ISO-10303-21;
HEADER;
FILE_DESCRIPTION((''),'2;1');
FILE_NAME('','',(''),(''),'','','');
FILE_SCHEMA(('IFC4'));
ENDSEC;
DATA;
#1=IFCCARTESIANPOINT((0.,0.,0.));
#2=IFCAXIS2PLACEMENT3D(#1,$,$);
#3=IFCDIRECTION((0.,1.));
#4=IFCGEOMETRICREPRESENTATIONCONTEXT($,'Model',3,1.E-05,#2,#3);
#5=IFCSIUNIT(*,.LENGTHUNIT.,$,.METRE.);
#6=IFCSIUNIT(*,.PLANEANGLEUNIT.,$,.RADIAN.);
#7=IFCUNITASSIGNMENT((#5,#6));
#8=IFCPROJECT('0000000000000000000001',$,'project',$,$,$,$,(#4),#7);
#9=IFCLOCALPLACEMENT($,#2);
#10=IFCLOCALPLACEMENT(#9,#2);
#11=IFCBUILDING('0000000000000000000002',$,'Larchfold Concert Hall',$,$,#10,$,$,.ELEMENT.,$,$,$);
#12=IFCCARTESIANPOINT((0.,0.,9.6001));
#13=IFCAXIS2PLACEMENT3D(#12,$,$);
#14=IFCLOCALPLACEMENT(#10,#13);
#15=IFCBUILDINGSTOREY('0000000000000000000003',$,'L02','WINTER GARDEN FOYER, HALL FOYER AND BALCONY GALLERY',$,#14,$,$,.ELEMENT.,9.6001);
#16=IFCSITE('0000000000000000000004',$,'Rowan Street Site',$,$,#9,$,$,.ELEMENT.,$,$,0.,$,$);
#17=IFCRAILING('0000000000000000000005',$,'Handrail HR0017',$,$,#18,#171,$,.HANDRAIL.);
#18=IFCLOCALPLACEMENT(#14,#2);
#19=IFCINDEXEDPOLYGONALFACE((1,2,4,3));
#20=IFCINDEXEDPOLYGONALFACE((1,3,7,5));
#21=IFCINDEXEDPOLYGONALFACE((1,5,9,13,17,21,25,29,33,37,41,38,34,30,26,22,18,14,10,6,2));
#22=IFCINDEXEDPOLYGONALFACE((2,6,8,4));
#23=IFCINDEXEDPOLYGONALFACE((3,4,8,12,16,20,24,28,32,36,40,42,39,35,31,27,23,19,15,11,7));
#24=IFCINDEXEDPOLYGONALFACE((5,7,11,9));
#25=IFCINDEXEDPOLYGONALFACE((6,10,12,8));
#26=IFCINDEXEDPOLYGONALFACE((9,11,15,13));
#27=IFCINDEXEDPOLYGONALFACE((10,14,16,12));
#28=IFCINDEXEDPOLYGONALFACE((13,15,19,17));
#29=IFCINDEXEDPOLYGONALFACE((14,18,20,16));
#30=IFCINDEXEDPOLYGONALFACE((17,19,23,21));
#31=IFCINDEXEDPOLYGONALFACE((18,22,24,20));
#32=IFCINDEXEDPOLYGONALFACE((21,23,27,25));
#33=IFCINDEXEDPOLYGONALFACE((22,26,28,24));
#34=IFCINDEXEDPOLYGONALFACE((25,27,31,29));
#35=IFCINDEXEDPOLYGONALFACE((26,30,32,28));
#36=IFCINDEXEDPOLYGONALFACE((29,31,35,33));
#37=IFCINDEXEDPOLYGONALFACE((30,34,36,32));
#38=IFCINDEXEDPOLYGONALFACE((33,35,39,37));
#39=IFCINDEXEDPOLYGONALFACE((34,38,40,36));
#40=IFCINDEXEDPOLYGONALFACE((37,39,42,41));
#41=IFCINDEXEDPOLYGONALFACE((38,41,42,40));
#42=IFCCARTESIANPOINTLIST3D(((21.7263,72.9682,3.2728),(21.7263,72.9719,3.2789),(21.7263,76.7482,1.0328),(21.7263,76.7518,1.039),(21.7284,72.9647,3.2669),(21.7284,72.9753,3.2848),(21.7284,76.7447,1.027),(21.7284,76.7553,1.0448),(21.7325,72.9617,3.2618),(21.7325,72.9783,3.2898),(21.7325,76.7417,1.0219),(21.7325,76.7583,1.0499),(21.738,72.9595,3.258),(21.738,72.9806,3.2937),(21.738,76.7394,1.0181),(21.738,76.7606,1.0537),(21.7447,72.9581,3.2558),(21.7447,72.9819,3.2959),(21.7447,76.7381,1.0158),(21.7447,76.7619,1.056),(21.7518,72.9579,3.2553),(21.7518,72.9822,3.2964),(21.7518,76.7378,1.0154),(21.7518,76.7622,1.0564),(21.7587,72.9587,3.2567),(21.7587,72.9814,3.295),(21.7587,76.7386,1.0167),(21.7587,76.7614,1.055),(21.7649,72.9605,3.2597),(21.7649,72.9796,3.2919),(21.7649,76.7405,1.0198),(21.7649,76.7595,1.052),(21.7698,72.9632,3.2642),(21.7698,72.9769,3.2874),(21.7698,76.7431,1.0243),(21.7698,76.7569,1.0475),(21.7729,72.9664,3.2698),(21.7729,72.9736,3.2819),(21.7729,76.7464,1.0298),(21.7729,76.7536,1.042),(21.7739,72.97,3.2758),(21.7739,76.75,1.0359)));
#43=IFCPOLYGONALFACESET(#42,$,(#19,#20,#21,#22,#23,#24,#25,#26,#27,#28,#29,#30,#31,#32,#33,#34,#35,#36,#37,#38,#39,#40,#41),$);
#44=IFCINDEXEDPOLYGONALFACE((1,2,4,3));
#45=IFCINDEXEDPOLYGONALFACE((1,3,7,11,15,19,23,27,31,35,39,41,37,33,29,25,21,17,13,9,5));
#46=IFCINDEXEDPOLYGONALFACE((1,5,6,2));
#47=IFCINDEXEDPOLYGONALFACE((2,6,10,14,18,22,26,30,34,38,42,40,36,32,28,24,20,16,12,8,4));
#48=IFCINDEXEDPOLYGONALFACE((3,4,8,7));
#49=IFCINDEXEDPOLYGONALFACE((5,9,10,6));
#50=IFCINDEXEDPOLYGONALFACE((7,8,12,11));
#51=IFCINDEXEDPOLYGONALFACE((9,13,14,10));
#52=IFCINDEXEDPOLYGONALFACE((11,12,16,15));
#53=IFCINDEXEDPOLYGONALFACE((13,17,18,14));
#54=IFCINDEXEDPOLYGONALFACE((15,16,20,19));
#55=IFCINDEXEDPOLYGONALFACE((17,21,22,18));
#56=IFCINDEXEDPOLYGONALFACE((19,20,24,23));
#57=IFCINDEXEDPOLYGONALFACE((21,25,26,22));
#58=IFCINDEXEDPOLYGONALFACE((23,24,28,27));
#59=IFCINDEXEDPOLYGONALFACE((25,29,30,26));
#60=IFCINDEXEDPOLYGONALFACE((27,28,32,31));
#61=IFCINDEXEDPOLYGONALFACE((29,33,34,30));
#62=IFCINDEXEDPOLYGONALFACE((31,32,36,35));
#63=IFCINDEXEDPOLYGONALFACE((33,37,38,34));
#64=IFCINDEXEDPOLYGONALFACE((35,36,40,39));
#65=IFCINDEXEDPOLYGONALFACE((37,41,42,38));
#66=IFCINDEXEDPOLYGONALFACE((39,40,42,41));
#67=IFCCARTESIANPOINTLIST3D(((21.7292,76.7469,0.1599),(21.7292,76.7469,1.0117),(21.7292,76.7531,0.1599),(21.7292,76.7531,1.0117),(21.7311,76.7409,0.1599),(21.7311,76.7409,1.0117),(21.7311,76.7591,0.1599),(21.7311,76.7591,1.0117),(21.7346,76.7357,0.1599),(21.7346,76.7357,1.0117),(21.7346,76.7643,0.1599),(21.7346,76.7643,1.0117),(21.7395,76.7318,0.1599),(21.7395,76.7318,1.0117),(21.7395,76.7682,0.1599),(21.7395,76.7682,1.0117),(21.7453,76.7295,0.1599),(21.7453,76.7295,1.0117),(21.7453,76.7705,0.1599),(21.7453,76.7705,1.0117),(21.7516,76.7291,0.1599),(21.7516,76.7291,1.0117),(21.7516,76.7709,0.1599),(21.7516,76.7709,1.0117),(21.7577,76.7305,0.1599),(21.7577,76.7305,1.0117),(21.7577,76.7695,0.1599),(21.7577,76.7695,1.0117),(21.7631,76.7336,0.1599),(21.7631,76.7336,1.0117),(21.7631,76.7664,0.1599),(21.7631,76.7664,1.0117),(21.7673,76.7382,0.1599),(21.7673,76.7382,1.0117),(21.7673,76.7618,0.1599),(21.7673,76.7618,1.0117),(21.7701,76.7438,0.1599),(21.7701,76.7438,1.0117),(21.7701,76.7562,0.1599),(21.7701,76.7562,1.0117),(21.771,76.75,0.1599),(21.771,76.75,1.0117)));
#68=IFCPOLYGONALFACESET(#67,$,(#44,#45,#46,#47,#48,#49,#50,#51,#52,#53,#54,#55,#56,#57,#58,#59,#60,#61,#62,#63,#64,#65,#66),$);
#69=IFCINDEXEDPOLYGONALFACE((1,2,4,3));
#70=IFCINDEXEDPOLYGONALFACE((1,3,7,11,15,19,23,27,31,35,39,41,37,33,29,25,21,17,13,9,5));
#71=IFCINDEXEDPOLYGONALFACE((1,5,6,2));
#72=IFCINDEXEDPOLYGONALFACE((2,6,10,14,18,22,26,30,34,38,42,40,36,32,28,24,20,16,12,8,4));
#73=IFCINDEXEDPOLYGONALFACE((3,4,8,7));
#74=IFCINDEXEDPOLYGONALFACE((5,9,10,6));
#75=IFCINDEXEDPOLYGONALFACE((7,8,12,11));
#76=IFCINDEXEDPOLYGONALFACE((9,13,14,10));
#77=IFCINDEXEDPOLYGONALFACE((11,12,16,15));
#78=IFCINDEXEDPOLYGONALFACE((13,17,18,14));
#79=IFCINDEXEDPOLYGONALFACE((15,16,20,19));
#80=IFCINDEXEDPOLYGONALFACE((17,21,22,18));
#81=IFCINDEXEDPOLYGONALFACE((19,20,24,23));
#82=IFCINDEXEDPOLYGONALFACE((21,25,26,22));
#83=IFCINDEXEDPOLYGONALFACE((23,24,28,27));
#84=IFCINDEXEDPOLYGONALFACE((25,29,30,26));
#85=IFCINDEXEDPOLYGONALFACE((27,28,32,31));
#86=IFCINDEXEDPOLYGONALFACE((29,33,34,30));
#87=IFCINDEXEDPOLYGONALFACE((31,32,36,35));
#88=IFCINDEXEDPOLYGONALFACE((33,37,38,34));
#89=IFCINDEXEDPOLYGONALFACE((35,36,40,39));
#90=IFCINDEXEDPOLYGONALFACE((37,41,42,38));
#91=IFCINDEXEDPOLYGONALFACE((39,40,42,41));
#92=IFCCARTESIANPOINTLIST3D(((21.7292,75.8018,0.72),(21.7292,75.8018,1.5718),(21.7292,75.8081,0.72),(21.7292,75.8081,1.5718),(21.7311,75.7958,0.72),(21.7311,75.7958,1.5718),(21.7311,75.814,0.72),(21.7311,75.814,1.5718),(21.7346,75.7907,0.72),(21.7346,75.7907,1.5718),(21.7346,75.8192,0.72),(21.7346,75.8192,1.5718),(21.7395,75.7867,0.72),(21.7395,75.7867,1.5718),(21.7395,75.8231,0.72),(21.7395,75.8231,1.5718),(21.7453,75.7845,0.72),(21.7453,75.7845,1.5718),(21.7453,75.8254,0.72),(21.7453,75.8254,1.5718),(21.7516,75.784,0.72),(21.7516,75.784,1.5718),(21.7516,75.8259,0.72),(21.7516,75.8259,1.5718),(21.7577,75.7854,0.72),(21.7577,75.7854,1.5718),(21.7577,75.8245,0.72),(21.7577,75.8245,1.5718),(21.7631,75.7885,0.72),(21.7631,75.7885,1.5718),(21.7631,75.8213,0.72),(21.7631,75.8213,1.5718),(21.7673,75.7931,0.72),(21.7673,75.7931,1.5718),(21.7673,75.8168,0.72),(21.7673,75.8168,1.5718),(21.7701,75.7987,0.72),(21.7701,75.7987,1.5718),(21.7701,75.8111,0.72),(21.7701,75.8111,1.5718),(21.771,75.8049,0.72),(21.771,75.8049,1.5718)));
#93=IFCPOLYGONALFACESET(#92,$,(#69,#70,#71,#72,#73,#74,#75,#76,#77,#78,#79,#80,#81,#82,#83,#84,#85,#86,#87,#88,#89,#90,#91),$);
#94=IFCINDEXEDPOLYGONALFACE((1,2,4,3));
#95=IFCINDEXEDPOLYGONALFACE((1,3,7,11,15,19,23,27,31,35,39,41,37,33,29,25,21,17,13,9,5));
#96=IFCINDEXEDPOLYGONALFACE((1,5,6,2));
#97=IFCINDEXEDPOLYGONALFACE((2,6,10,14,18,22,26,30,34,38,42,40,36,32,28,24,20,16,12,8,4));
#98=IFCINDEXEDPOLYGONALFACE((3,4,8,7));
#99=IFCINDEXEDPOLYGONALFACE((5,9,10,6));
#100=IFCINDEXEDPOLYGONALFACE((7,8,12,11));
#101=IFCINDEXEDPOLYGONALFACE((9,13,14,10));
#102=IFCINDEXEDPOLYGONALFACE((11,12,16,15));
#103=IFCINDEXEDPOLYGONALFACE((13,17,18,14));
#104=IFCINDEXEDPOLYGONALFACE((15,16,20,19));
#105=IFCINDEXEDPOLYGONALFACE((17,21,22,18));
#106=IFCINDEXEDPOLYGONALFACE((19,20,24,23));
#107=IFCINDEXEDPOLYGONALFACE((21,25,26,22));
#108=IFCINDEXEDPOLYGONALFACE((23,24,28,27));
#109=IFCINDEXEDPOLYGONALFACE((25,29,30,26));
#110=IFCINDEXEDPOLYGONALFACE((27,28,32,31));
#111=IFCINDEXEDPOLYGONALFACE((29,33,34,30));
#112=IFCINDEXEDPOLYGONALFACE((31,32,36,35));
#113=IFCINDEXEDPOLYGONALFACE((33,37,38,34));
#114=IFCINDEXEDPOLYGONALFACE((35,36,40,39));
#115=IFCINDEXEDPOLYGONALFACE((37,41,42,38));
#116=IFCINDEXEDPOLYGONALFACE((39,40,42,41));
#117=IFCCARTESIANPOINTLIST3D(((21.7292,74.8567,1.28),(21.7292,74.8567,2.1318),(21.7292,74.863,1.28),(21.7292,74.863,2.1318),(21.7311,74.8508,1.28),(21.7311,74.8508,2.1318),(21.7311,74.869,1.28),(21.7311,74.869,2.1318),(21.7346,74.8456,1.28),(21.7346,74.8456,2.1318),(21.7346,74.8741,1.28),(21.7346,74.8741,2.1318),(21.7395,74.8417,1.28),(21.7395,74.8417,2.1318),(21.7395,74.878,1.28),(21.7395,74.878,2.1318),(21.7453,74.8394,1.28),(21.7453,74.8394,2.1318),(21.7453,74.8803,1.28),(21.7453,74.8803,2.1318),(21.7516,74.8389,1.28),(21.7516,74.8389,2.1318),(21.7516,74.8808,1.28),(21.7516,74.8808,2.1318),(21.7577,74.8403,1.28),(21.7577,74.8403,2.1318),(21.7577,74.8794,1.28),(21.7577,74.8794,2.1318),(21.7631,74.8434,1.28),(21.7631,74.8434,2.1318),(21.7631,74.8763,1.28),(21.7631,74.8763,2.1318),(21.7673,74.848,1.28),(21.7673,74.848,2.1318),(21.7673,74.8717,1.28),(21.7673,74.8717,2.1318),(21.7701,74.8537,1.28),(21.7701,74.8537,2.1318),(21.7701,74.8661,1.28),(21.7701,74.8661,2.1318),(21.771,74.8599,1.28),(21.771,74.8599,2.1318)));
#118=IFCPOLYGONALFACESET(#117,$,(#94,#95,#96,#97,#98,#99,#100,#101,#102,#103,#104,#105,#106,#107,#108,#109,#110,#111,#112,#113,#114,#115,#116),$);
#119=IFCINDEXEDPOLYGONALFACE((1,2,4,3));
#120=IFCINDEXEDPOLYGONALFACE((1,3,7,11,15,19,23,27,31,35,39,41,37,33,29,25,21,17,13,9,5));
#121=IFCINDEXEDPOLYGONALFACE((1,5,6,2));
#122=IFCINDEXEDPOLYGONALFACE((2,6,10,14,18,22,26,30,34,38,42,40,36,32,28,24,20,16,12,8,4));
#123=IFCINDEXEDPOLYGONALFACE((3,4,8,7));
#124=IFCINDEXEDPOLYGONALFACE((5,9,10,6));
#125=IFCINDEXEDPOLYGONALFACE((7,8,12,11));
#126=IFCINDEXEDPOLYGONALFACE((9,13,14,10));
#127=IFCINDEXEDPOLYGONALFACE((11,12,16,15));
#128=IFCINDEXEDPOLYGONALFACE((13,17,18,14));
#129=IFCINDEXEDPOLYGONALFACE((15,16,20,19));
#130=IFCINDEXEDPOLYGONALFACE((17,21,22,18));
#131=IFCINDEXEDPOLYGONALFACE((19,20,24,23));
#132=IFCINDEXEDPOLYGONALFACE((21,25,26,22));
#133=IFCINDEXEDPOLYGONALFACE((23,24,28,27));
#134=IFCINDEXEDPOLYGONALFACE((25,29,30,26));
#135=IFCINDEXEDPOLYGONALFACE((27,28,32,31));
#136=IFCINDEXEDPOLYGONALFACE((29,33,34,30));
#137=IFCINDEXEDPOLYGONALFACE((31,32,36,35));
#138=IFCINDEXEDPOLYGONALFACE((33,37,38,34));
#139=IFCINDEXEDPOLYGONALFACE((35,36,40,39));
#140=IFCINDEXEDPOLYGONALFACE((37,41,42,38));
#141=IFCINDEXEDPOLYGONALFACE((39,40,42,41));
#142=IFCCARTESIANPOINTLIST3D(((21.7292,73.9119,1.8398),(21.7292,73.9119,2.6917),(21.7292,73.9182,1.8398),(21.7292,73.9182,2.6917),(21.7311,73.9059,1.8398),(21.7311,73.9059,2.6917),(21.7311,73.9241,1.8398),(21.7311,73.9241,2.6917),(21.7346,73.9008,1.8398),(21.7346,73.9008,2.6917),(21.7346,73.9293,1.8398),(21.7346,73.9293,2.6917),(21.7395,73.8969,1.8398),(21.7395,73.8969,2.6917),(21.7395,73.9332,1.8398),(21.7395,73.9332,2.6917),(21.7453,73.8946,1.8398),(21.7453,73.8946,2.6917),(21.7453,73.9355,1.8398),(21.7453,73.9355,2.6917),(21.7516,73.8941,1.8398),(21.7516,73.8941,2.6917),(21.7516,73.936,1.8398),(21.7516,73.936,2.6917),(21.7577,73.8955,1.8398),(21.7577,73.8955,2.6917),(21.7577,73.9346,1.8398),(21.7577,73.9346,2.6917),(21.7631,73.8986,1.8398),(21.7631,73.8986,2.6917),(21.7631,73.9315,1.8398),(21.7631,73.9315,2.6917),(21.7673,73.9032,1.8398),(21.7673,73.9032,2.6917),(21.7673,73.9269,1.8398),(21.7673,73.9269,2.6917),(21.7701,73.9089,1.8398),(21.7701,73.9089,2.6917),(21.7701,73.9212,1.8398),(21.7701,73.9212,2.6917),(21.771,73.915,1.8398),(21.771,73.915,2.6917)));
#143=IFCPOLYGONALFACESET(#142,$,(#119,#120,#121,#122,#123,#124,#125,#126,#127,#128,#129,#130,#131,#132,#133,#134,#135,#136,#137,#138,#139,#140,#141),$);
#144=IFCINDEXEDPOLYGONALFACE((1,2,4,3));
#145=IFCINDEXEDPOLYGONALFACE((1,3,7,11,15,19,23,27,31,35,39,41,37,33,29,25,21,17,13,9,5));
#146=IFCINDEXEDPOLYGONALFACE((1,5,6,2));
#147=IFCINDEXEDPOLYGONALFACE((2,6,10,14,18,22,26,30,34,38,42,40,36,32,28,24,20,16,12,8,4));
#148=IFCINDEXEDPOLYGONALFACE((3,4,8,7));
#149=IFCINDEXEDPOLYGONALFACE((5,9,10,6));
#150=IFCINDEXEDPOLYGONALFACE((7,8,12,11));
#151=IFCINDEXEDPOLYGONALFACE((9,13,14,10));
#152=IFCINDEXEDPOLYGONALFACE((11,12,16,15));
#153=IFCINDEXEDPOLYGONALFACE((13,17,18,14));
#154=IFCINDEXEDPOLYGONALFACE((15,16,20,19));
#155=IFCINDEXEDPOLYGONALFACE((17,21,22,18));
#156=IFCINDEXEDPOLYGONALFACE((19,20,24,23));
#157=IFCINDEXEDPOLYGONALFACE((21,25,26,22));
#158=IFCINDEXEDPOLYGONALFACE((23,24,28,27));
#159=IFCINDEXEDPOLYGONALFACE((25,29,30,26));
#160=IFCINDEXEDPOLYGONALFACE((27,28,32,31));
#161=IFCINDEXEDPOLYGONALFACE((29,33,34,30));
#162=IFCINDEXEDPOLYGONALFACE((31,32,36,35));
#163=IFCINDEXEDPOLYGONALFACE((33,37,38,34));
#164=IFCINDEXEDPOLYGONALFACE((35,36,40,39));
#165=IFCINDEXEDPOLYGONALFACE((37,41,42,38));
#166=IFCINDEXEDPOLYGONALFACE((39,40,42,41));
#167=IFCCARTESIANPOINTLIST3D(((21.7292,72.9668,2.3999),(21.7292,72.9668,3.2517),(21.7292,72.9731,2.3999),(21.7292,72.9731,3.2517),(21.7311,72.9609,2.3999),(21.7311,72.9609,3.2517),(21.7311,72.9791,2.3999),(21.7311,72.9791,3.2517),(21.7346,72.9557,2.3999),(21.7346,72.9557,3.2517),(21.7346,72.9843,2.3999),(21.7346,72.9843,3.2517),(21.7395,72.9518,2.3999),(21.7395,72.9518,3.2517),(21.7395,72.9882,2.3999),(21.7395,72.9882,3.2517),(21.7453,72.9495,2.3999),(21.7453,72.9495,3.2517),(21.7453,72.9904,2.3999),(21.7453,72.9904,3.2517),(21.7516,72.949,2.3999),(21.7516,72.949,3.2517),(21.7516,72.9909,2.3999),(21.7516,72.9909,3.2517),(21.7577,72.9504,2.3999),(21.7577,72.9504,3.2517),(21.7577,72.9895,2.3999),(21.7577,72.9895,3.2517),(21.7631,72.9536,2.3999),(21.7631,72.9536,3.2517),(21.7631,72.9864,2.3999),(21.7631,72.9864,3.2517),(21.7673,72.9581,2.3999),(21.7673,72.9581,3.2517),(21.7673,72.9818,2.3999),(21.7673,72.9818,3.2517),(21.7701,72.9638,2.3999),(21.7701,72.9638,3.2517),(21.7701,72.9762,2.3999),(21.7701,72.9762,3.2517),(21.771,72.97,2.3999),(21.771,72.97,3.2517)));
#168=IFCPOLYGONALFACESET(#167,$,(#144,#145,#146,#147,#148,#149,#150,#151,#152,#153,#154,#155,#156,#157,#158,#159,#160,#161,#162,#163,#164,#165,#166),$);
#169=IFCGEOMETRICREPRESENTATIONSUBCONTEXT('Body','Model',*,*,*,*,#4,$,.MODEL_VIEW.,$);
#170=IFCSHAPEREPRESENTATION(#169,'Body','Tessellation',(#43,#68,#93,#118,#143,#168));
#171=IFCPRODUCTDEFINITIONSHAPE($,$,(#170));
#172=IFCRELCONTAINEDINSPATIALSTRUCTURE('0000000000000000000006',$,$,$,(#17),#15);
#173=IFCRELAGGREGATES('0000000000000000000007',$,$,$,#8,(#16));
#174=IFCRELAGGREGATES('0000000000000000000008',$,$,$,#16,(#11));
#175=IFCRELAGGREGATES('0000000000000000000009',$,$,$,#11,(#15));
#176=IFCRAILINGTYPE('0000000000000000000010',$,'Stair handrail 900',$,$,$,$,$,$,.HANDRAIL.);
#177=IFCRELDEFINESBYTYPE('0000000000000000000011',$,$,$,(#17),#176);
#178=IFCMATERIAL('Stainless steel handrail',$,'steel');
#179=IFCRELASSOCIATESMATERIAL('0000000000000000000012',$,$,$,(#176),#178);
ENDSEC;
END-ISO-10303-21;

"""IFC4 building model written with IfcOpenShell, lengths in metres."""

from ifc_helpers import new_model, si_unit, direction, frame, origin, origin_2d, place, context, subcontext, project, spatial, circle, extrude, material, type_object, element, save


model = new_model("IFC4")

# Units and contexts
model_context = context("Model", 3, precision=1e-05, world=origin(), true_north=direction((0.0, 1.0)))
body_context = subcontext(model_context, "Body", "Model", "MODEL_VIEW")
ifc_project = project(units=[si_unit("LENGTHUNIT", "METRE"), si_unit("PLANEANGLEUNIT", "RADIAN")], contexts=[model_context])

# Site, building, storey
site_placement = place(None, origin())
site = spatial("IfcSite", under=ifc_project, at=site_placement, Name="Rowan Street Site", CompositionType="ELEMENT", RefElevation=0.0)
building_placement = place(site_placement, origin())
building = spatial("IfcBuilding", under=site, at=building_placement, Name="Larchfold Concert Hall", CompositionType="ELEMENT")
storey_placement = place(building_placement, frame((0.0, 0.0, 9.6001)))
storey = spatial("IfcBuildingStorey", under=building, at=storey_placement, Name="L02", Description="WINTER GARDEN FOYER, HALL FOYER AND BALCONY GALLERY", CompositionType="ELEMENT", Elevation=9.6001)

# Railing
ifc_material_1 = material(Name="Stainless steel handrail", Category="steel")
railing_type_1 = type_object("IfcRailingType", Name="Stair handrail 900", PredefinedType="HANDRAIL", material=ifc_material_1)
railing_1_placement = place(storey_placement, frame((21.75, 76.75, 0.1599)))
element("IfcRailing", 1, at=railing_1_placement, inside=storey, type_object=railing_type_1, Name="Handrail HR0017", PredefinedType="HANDRAIL", context=body_context, shape_type="SweptSolid", body=[
    extrude(circle(Radius=0.0239, at=origin_2d()), frame((0.0, 0.0, 0.876), z_axis=(0.0, -0.860294, 0.509798), x_axis=(1.0, 0.0, 0.0)), (0.0, 0.0, 1.0), 4.3938),
    extrude(circle(Radius=0.021, at=origin_2d()), origin(), (0.0, 0.0, 1.0), 0.8518),
    extrude(circle(Radius=0.021, at=origin_2d()), frame((0.0, -0.9451, 0.5601)), (0.0, 0.0, 1.0), 0.8518),
    extrude(circle(Radius=0.021, at=origin_2d()), frame((0.0, -1.8901, 1.1201)), (0.0, 0.0, 1.0), 0.8518),
    extrude(circle(Radius=0.021, at=origin_2d()), frame((0.0, -2.835, 1.6799)), (0.0, 0.0, 1.0), 0.8518),
    extrude(circle(Radius=0.021, at=origin_2d()), frame((0.0, -3.78, 2.24)), (0.0, 0.0, 1.0), 0.8518),
])

save(model, "model.ifc")
